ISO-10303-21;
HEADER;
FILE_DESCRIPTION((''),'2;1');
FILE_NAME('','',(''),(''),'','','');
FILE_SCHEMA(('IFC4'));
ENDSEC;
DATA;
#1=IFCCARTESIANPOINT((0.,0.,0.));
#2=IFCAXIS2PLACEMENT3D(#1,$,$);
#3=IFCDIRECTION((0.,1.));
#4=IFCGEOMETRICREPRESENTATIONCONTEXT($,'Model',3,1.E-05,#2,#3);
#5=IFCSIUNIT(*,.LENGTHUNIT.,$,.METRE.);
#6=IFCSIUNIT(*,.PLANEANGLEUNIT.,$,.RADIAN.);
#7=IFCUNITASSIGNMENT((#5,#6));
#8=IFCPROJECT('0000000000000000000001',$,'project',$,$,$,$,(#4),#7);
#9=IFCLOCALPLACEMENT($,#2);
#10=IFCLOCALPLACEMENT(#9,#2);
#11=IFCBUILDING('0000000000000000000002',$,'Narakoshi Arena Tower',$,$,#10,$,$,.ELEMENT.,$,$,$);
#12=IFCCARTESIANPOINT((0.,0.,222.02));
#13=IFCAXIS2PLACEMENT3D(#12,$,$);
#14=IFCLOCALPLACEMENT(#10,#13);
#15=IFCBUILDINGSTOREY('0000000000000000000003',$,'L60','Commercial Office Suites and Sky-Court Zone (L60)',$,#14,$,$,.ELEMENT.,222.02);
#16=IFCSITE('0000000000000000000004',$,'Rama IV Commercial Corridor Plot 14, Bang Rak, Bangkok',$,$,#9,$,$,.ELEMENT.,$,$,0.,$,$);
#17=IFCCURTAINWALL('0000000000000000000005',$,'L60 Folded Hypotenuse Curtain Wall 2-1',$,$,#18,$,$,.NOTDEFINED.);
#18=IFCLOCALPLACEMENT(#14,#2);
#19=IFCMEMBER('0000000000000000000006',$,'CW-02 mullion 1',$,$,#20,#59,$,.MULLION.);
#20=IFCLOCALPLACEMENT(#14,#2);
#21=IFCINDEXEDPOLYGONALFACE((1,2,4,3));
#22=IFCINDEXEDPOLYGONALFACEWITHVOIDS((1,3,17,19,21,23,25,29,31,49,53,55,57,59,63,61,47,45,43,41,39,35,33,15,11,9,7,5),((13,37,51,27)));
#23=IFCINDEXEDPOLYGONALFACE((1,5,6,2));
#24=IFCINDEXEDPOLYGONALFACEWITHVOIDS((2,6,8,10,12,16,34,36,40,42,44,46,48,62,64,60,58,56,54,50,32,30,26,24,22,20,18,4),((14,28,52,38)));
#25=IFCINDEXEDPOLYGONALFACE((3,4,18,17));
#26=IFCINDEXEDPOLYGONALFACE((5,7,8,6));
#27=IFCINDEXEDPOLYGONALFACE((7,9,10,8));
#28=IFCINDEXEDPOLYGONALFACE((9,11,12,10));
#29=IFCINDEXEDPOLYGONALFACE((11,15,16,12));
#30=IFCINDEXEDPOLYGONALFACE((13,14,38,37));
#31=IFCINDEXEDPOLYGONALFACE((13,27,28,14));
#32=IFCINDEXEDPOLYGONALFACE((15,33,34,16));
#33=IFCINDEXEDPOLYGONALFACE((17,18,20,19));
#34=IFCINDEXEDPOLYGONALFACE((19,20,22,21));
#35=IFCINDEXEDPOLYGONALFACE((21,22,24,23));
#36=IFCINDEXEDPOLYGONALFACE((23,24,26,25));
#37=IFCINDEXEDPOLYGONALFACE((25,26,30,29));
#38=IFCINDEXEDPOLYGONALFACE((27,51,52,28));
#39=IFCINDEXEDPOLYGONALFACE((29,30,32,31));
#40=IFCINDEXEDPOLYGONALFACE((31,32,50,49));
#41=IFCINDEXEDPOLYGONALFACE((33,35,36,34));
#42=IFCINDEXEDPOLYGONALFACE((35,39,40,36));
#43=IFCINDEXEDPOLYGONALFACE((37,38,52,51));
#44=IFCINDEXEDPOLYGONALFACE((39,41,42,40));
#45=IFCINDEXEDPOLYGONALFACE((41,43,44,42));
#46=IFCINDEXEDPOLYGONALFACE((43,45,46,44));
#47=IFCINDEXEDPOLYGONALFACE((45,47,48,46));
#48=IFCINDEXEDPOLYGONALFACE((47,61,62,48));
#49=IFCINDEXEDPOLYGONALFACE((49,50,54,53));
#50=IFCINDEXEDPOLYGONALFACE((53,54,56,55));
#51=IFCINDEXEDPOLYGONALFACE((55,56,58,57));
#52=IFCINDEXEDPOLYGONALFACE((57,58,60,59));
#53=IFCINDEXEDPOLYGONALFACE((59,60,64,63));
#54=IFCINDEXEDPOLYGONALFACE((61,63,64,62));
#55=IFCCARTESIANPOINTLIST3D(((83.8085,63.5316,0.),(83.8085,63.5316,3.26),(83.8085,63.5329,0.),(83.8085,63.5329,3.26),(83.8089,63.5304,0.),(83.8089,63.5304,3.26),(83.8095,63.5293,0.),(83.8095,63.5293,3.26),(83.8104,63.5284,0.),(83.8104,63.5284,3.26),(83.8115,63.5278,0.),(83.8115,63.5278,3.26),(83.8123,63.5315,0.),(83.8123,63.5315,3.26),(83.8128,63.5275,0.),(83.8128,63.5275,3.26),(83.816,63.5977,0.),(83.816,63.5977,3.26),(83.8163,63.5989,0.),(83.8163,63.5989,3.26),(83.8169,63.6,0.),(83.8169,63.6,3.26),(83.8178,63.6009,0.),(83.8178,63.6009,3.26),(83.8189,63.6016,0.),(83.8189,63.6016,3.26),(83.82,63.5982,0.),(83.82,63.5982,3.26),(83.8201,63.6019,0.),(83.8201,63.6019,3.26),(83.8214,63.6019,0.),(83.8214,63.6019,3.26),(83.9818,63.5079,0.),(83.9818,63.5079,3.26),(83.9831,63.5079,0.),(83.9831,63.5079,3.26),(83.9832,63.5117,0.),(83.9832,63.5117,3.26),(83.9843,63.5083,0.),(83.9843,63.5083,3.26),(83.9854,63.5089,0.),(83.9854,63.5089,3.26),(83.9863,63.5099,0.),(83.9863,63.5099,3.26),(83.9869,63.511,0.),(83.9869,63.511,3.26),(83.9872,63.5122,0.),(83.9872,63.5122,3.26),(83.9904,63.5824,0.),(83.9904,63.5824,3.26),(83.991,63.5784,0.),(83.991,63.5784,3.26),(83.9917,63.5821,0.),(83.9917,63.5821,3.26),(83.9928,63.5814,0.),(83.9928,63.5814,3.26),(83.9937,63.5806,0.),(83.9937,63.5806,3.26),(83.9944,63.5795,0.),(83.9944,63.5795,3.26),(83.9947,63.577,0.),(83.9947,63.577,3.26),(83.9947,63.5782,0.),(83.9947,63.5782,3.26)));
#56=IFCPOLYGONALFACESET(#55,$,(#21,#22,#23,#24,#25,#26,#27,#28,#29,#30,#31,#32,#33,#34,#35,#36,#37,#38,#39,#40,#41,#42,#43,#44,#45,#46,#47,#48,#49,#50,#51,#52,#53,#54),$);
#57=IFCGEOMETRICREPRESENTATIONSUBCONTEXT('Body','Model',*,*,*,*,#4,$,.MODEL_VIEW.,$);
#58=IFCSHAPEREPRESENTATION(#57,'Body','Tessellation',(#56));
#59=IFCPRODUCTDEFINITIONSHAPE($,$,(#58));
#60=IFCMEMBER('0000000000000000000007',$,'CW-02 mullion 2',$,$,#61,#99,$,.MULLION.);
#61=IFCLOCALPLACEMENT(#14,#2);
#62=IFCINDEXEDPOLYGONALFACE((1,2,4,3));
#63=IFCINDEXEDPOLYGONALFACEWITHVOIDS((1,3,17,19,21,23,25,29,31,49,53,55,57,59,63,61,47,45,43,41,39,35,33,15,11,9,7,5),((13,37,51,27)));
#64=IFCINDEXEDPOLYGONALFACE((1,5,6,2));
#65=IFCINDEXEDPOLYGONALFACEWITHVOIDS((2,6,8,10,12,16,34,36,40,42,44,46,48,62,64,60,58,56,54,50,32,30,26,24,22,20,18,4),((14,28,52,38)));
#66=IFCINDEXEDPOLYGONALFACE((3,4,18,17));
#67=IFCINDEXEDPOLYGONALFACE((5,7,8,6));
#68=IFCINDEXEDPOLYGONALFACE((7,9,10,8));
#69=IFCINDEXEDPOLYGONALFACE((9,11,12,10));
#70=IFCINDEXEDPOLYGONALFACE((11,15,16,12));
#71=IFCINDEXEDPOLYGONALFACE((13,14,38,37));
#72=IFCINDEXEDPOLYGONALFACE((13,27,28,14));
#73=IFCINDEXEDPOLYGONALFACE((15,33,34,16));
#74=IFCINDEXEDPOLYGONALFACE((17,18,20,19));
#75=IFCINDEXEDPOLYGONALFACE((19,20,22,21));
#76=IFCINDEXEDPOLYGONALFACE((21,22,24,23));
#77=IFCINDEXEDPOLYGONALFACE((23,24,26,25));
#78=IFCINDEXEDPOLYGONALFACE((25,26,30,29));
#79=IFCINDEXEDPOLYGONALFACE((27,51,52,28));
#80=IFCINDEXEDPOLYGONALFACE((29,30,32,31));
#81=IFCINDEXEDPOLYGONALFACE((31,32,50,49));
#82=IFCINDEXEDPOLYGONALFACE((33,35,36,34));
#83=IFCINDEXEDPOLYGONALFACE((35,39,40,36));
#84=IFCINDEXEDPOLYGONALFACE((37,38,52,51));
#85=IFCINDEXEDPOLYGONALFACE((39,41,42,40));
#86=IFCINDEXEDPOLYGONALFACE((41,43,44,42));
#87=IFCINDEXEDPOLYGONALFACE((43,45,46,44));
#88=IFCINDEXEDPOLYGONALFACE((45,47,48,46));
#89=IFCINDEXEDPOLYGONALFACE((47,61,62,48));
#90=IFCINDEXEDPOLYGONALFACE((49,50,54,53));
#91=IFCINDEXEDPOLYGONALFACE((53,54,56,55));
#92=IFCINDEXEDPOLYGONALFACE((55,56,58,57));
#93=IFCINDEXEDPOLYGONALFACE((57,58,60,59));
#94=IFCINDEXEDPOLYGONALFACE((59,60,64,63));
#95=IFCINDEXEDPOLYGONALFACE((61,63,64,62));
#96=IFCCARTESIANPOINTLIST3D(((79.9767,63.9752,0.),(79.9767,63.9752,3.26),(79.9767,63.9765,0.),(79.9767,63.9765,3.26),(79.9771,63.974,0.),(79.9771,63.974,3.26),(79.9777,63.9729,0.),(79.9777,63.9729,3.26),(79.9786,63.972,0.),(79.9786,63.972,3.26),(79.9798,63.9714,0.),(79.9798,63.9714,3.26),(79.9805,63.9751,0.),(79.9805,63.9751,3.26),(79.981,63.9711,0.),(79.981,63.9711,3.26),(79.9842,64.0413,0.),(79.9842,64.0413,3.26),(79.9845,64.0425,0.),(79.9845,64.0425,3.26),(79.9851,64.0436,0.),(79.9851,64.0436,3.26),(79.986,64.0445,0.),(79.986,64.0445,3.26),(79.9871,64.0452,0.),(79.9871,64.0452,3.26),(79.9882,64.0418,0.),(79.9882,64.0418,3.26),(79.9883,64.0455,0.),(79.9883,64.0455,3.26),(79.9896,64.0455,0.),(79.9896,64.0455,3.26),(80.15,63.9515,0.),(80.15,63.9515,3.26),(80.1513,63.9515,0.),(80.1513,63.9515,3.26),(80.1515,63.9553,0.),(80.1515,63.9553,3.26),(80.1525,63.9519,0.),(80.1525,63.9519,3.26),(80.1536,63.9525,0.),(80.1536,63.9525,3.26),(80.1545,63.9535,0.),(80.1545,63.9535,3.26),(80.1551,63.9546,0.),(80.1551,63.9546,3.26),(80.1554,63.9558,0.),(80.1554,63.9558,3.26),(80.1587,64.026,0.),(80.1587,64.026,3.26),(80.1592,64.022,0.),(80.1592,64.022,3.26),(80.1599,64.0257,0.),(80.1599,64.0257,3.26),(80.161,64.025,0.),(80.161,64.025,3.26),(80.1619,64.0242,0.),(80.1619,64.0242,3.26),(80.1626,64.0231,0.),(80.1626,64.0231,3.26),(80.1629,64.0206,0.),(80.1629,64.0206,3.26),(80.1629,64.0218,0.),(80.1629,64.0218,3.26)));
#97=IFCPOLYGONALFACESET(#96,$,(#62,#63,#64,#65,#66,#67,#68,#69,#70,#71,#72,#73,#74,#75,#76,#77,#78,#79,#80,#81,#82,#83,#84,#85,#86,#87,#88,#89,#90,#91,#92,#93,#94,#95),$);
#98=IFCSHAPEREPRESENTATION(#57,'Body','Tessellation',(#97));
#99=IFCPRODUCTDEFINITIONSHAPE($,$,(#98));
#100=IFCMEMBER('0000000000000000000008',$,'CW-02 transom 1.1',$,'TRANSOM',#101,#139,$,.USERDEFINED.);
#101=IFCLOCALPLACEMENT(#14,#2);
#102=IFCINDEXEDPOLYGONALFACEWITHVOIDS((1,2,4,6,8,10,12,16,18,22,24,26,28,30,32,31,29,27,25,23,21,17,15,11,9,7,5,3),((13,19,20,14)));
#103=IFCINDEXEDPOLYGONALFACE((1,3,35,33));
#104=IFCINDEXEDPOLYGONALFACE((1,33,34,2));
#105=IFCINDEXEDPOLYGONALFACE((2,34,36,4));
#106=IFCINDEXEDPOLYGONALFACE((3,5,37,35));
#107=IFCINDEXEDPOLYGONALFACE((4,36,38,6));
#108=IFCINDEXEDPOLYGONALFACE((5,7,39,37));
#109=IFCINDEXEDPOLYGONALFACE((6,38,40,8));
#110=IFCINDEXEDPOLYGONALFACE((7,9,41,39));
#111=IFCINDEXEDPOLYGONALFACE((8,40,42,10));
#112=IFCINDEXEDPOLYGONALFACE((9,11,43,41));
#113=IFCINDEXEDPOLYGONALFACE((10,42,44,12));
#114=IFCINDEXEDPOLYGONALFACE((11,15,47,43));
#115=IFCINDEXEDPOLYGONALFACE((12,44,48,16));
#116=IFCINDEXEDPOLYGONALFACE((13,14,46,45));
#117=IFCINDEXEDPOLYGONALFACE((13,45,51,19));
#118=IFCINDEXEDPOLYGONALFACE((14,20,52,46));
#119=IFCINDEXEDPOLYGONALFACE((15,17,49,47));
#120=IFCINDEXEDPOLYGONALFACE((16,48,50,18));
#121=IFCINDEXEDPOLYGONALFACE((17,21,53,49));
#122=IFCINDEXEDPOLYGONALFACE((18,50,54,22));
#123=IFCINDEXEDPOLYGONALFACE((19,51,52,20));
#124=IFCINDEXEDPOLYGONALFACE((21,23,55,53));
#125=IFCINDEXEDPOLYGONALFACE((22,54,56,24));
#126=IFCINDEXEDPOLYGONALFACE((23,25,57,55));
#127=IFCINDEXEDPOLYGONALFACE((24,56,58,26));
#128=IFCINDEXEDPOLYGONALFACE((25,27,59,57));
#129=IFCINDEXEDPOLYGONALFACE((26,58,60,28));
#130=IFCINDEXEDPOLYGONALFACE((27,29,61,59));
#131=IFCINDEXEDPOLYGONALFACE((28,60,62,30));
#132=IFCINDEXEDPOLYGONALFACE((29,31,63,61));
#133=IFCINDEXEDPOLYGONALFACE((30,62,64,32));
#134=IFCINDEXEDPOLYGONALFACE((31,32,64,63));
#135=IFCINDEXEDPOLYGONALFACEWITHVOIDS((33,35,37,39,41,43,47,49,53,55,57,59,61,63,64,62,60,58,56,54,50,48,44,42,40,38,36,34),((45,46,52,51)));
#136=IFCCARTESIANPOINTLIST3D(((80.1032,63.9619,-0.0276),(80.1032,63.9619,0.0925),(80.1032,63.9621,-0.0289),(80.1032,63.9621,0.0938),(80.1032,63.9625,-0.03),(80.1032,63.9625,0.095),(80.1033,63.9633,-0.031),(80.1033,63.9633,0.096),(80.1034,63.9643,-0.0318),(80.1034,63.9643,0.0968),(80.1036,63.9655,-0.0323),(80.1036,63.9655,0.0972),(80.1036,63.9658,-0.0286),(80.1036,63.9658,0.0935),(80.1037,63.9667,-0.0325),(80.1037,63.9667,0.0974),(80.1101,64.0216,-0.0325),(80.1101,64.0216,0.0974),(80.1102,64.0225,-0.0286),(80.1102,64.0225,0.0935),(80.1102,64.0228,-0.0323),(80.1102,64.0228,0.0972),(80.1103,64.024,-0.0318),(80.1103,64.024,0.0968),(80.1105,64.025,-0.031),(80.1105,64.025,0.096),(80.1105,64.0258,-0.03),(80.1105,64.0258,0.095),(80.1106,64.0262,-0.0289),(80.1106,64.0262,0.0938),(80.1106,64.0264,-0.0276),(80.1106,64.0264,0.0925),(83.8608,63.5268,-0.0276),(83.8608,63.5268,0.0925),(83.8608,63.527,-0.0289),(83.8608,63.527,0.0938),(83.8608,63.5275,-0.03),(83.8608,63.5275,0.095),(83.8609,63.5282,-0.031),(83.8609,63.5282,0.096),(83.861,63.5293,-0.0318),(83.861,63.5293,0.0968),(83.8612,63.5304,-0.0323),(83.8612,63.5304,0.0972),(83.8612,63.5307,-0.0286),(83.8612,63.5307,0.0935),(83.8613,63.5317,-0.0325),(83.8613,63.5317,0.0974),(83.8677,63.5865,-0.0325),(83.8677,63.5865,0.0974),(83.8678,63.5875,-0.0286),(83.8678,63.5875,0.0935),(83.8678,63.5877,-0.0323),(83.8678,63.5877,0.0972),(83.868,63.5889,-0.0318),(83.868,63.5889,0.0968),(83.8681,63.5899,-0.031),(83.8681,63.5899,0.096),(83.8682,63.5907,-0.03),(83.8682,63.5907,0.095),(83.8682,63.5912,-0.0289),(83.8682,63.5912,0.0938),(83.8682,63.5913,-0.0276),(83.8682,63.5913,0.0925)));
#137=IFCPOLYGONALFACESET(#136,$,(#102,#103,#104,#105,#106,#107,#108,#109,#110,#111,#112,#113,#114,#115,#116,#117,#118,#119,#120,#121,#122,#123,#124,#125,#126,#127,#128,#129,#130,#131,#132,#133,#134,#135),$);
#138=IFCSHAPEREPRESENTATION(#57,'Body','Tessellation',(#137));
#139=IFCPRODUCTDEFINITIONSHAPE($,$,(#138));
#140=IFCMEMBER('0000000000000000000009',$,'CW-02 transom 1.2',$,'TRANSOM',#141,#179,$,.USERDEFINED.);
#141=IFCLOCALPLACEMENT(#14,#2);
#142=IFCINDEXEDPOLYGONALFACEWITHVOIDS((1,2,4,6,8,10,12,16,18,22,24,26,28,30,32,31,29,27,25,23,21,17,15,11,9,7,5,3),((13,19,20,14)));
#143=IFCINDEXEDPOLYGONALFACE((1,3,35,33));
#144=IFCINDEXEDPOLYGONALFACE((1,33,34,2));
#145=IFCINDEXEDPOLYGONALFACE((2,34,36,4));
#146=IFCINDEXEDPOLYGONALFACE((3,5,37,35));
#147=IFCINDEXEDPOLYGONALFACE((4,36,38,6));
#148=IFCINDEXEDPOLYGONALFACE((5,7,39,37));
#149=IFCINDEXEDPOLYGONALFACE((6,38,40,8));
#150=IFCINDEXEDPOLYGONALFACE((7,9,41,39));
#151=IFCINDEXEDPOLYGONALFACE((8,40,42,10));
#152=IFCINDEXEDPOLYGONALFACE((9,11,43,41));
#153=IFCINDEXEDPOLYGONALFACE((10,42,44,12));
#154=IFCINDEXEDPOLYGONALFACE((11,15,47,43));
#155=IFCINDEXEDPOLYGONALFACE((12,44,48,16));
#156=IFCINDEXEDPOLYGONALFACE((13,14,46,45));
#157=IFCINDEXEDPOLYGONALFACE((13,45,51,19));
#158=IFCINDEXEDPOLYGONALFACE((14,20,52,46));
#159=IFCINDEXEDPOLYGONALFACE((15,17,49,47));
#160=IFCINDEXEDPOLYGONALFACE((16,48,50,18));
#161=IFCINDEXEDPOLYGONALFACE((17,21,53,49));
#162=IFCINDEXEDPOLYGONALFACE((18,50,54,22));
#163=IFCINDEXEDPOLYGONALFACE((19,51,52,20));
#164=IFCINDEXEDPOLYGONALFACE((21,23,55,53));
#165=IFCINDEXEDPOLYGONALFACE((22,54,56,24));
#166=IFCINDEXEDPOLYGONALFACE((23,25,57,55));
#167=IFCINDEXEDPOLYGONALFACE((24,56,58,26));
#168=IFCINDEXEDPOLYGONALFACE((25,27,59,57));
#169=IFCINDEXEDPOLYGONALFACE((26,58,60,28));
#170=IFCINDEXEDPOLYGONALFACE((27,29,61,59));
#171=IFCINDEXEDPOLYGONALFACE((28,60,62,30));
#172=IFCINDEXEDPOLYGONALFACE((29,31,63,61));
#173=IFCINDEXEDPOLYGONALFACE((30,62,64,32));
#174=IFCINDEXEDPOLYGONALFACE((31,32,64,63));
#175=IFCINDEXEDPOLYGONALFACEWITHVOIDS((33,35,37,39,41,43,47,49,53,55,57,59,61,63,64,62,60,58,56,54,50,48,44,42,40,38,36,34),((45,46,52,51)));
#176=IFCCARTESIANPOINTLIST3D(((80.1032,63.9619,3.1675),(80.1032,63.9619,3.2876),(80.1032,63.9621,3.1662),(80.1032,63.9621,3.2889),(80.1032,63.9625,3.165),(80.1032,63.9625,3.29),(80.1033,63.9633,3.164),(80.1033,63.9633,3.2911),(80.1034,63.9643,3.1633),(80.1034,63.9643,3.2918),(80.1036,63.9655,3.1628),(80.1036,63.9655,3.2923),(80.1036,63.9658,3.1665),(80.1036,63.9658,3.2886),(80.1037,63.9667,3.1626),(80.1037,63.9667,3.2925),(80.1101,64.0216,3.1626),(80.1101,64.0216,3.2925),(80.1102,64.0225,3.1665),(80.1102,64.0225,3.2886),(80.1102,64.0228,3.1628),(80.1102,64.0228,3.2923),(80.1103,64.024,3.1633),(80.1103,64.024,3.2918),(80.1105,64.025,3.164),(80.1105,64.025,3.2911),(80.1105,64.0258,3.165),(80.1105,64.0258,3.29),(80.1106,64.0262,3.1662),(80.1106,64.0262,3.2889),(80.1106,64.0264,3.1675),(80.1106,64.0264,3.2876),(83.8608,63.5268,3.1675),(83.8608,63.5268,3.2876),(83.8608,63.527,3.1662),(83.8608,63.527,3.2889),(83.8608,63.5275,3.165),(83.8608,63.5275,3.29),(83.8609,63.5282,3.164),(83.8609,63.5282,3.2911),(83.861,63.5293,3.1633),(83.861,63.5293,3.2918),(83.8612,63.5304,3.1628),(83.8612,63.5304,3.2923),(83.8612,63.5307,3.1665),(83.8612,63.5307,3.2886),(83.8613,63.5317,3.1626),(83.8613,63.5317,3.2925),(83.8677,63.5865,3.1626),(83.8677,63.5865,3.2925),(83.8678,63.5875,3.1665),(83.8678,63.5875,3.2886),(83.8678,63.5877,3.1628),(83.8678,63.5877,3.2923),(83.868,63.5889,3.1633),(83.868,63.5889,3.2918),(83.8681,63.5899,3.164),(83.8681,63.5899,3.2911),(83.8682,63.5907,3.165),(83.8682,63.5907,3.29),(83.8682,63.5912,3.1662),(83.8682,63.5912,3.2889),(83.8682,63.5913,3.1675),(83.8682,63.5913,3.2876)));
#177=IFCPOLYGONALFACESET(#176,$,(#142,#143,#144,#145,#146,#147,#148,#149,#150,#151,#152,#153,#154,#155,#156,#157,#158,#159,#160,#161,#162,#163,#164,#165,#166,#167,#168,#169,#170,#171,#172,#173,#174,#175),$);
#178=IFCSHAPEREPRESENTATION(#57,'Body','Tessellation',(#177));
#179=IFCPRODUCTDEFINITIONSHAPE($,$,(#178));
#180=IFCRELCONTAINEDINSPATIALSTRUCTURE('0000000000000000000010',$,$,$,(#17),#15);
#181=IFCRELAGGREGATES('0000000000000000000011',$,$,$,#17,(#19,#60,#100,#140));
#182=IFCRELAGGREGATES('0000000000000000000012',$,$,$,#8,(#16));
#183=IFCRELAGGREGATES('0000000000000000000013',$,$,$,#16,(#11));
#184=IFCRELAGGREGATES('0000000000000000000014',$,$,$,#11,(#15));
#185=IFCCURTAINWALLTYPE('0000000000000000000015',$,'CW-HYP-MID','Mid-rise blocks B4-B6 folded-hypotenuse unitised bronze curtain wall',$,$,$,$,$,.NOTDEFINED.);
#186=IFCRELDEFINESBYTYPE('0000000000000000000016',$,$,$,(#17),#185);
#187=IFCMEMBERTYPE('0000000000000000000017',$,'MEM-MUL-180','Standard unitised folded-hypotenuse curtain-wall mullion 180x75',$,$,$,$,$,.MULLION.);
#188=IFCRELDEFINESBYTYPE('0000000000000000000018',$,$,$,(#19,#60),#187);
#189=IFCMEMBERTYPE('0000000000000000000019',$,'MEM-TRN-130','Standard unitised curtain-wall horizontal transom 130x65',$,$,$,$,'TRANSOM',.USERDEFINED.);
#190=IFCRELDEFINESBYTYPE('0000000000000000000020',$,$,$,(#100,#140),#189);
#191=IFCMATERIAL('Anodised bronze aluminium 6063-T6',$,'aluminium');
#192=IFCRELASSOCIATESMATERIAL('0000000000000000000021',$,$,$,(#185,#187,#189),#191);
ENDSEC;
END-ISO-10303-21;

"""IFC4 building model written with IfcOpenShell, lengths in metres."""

from ifc_helpers import new_model, si_unit, direction, frame, origin, origin_2d, place, context, subcontext, project, spatial, hollow_rectangle, extrude, material, material_profile, profile_set, type_object, element, aggregate, save


model = new_model("IFC4")

# Units and contexts
model_context = context("Model", 3, precision=1e-05, world=origin(), true_north=direction((0.0, 1.0)))
body_context = subcontext(model_context, "Body", "Model", "MODEL_VIEW")
ifc_project = project(units=[si_unit("LENGTHUNIT", "METRE"), si_unit("PLANEANGLEUNIT", "RADIAN")], contexts=[model_context])

# Site, building, storey
site_placement = place(None, origin())
site = spatial("IfcSite", under=ifc_project, at=site_placement, Name="Rama IV Commercial Corridor Plot 14, Bang Rak, Bangkok", CompositionType="ELEMENT", RefElevation=0.0)
building_placement = place(site_placement, origin())
building = spatial("IfcBuilding", under=site, at=building_placement, Name="Narakoshi Arena Tower", CompositionType="ELEMENT")
storey_placement = place(building_placement, frame((0.0, 0.0, 222.02)))
storey = spatial("IfcBuildingStorey", under=building, at=storey_placement, Name="L60", Description="Commercial Office Suites and Sky-Court Zone (L60)", CompositionType="ELEMENT", Elevation=222.02)

# Curtain wall, members
ifc_material_1 = material(Name="Anodised bronze aluminium 6063-T6", Category="aluminium")
curtain_wall_type = type_object("IfcCurtainWallType", Name="CW-HYP-MID", Description="Mid-rise blocks B4-B6 folded-hypotenuse unitised bronze curtain wall", PredefinedType="NOTDEFINED", material=ifc_material_1)
curtain_wall_placement = place(storey_placement, origin())
curtain_wall = element("IfcCurtainWall", 1, at=curtain_wall_placement, inside=storey, type_object=curtain_wall_type, Name="L60 Folded Hypotenuse Curtain Wall 2-1", PredefinedType="NOTDEFINED")
ifc_material_profile_1 = material_profile(ifc_material_1, hollow_rectangle(XDim=0.075, YDim=0.1799, WallThickness=0.0039, OuterFilletRadius=0.0049, at=origin_2d()), Name="MUL180x75x4")
ifc_profile_set_1 = profile_set([ifc_material_profile_1], Name="Anodised bronze aluminium 6063-T6")
member_type_1 = type_object("IfcMemberType", Name="MEM-MUL-180", Description="Standard unitised folded-hypotenuse curtain-wall mullion 180x75", PredefinedType="MULLION", material=ifc_profile_set_1)
member_1_placement = place(storey_placement, frame((83.9016, 63.5549, 0.0), z_axis=(0.0, 0.0, 1.0), x_axis=(-0.115011, -0.993364, 0.0)))
member_1 = element("IfcMember", 2, at=member_1_placement, type_object=member_type_1, Name="CW-02 mullion 1", PredefinedType="MULLION", context=body_context, shape_type="SweptSolid", body=[
    extrude(hollow_rectangle(XDim=0.075, YDim=0.1799, WallThickness=0.0039, OuterFilletRadius=0.0049, at=origin_2d()), origin(), (0.0, 0.0, 1.0), 3.26),
])
member_2_placement = place(storey_placement, frame((80.0698, 63.9985, 0.0), z_axis=(0.0, 0.0, 1.0), x_axis=(-0.115011, -0.993364, 0.0)))
member_2 = element("IfcMember", 3, at=member_2_placement, type_object=member_type_1, Name="CW-02 mullion 2", PredefinedType="MULLION", context=body_context, shape_type="SweptSolid", body=[
    extrude(hollow_rectangle(XDim=0.075, YDim=0.1799, WallThickness=0.0039, OuterFilletRadius=0.0049, at=origin_2d()), origin(), (0.0, 0.0, 1.0), 3.26),
])
ifc_material_profile_2 = material_profile(ifc_material_1, hollow_rectangle(XDim=0.0649, YDim=0.1299, WallThickness=0.0039, OuterFilletRadius=0.0049, at=origin_2d()), Name="TRN130x65x4")
ifc_profile_set_2 = profile_set([ifc_material_profile_2], Name="Anodised bronze aluminium 6063-T6")
member_type_2 = type_object("IfcMemberType", Name="MEM-TRN-130", Description="Standard unitised curtain-wall horizontal transom 130x65", ElementType="TRANSOM", PredefinedType="USERDEFINED", material=ifc_profile_set_2)
member_3_placement = place(storey_placement, frame((83.8645, 63.5591, 0.0325), z_axis=(-0.993364, 0.115014, 0.0), x_axis=(-0.115014, -0.993364, 0.0)))
member_3 = element("IfcMember", 4, at=member_3_placement, type_object=member_type_2, Name="CW-02 transom 1.1", ObjectType="TRANSOM", PredefinedType="USERDEFINED", context=body_context, shape_type="SweptSolid", body=[
    extrude(hollow_rectangle(XDim=0.0649, YDim=0.1299, WallThickness=0.0039, OuterFilletRadius=0.0049, at=origin_2d()), origin(), (0.0, 0.0, 1.0), 3.7827),
])
member_4_placement = place(storey_placement, frame((83.8645, 63.5591, 3.2275), z_axis=(-0.993364, 0.115014, 0.0), x_axis=(-0.115014, -0.993364, 0.0)))
member_4 = element("IfcMember", 5, at=member_4_placement, type_object=member_type_2, Name="CW-02 transom 1.2", ObjectType="TRANSOM", PredefinedType="USERDEFINED", context=body_context, shape_type="SweptSolid", body=[
    extrude(hollow_rectangle(XDim=0.0649, YDim=0.1299, WallThickness=0.0039, OuterFilletRadius=0.0049, at=origin_2d()), origin(), (0.0, 0.0, 1.0), 3.7827),
])
aggregate(curtain_wall, [member_1, member_2, member_3, member_4])

save(model, "model.ifc")
